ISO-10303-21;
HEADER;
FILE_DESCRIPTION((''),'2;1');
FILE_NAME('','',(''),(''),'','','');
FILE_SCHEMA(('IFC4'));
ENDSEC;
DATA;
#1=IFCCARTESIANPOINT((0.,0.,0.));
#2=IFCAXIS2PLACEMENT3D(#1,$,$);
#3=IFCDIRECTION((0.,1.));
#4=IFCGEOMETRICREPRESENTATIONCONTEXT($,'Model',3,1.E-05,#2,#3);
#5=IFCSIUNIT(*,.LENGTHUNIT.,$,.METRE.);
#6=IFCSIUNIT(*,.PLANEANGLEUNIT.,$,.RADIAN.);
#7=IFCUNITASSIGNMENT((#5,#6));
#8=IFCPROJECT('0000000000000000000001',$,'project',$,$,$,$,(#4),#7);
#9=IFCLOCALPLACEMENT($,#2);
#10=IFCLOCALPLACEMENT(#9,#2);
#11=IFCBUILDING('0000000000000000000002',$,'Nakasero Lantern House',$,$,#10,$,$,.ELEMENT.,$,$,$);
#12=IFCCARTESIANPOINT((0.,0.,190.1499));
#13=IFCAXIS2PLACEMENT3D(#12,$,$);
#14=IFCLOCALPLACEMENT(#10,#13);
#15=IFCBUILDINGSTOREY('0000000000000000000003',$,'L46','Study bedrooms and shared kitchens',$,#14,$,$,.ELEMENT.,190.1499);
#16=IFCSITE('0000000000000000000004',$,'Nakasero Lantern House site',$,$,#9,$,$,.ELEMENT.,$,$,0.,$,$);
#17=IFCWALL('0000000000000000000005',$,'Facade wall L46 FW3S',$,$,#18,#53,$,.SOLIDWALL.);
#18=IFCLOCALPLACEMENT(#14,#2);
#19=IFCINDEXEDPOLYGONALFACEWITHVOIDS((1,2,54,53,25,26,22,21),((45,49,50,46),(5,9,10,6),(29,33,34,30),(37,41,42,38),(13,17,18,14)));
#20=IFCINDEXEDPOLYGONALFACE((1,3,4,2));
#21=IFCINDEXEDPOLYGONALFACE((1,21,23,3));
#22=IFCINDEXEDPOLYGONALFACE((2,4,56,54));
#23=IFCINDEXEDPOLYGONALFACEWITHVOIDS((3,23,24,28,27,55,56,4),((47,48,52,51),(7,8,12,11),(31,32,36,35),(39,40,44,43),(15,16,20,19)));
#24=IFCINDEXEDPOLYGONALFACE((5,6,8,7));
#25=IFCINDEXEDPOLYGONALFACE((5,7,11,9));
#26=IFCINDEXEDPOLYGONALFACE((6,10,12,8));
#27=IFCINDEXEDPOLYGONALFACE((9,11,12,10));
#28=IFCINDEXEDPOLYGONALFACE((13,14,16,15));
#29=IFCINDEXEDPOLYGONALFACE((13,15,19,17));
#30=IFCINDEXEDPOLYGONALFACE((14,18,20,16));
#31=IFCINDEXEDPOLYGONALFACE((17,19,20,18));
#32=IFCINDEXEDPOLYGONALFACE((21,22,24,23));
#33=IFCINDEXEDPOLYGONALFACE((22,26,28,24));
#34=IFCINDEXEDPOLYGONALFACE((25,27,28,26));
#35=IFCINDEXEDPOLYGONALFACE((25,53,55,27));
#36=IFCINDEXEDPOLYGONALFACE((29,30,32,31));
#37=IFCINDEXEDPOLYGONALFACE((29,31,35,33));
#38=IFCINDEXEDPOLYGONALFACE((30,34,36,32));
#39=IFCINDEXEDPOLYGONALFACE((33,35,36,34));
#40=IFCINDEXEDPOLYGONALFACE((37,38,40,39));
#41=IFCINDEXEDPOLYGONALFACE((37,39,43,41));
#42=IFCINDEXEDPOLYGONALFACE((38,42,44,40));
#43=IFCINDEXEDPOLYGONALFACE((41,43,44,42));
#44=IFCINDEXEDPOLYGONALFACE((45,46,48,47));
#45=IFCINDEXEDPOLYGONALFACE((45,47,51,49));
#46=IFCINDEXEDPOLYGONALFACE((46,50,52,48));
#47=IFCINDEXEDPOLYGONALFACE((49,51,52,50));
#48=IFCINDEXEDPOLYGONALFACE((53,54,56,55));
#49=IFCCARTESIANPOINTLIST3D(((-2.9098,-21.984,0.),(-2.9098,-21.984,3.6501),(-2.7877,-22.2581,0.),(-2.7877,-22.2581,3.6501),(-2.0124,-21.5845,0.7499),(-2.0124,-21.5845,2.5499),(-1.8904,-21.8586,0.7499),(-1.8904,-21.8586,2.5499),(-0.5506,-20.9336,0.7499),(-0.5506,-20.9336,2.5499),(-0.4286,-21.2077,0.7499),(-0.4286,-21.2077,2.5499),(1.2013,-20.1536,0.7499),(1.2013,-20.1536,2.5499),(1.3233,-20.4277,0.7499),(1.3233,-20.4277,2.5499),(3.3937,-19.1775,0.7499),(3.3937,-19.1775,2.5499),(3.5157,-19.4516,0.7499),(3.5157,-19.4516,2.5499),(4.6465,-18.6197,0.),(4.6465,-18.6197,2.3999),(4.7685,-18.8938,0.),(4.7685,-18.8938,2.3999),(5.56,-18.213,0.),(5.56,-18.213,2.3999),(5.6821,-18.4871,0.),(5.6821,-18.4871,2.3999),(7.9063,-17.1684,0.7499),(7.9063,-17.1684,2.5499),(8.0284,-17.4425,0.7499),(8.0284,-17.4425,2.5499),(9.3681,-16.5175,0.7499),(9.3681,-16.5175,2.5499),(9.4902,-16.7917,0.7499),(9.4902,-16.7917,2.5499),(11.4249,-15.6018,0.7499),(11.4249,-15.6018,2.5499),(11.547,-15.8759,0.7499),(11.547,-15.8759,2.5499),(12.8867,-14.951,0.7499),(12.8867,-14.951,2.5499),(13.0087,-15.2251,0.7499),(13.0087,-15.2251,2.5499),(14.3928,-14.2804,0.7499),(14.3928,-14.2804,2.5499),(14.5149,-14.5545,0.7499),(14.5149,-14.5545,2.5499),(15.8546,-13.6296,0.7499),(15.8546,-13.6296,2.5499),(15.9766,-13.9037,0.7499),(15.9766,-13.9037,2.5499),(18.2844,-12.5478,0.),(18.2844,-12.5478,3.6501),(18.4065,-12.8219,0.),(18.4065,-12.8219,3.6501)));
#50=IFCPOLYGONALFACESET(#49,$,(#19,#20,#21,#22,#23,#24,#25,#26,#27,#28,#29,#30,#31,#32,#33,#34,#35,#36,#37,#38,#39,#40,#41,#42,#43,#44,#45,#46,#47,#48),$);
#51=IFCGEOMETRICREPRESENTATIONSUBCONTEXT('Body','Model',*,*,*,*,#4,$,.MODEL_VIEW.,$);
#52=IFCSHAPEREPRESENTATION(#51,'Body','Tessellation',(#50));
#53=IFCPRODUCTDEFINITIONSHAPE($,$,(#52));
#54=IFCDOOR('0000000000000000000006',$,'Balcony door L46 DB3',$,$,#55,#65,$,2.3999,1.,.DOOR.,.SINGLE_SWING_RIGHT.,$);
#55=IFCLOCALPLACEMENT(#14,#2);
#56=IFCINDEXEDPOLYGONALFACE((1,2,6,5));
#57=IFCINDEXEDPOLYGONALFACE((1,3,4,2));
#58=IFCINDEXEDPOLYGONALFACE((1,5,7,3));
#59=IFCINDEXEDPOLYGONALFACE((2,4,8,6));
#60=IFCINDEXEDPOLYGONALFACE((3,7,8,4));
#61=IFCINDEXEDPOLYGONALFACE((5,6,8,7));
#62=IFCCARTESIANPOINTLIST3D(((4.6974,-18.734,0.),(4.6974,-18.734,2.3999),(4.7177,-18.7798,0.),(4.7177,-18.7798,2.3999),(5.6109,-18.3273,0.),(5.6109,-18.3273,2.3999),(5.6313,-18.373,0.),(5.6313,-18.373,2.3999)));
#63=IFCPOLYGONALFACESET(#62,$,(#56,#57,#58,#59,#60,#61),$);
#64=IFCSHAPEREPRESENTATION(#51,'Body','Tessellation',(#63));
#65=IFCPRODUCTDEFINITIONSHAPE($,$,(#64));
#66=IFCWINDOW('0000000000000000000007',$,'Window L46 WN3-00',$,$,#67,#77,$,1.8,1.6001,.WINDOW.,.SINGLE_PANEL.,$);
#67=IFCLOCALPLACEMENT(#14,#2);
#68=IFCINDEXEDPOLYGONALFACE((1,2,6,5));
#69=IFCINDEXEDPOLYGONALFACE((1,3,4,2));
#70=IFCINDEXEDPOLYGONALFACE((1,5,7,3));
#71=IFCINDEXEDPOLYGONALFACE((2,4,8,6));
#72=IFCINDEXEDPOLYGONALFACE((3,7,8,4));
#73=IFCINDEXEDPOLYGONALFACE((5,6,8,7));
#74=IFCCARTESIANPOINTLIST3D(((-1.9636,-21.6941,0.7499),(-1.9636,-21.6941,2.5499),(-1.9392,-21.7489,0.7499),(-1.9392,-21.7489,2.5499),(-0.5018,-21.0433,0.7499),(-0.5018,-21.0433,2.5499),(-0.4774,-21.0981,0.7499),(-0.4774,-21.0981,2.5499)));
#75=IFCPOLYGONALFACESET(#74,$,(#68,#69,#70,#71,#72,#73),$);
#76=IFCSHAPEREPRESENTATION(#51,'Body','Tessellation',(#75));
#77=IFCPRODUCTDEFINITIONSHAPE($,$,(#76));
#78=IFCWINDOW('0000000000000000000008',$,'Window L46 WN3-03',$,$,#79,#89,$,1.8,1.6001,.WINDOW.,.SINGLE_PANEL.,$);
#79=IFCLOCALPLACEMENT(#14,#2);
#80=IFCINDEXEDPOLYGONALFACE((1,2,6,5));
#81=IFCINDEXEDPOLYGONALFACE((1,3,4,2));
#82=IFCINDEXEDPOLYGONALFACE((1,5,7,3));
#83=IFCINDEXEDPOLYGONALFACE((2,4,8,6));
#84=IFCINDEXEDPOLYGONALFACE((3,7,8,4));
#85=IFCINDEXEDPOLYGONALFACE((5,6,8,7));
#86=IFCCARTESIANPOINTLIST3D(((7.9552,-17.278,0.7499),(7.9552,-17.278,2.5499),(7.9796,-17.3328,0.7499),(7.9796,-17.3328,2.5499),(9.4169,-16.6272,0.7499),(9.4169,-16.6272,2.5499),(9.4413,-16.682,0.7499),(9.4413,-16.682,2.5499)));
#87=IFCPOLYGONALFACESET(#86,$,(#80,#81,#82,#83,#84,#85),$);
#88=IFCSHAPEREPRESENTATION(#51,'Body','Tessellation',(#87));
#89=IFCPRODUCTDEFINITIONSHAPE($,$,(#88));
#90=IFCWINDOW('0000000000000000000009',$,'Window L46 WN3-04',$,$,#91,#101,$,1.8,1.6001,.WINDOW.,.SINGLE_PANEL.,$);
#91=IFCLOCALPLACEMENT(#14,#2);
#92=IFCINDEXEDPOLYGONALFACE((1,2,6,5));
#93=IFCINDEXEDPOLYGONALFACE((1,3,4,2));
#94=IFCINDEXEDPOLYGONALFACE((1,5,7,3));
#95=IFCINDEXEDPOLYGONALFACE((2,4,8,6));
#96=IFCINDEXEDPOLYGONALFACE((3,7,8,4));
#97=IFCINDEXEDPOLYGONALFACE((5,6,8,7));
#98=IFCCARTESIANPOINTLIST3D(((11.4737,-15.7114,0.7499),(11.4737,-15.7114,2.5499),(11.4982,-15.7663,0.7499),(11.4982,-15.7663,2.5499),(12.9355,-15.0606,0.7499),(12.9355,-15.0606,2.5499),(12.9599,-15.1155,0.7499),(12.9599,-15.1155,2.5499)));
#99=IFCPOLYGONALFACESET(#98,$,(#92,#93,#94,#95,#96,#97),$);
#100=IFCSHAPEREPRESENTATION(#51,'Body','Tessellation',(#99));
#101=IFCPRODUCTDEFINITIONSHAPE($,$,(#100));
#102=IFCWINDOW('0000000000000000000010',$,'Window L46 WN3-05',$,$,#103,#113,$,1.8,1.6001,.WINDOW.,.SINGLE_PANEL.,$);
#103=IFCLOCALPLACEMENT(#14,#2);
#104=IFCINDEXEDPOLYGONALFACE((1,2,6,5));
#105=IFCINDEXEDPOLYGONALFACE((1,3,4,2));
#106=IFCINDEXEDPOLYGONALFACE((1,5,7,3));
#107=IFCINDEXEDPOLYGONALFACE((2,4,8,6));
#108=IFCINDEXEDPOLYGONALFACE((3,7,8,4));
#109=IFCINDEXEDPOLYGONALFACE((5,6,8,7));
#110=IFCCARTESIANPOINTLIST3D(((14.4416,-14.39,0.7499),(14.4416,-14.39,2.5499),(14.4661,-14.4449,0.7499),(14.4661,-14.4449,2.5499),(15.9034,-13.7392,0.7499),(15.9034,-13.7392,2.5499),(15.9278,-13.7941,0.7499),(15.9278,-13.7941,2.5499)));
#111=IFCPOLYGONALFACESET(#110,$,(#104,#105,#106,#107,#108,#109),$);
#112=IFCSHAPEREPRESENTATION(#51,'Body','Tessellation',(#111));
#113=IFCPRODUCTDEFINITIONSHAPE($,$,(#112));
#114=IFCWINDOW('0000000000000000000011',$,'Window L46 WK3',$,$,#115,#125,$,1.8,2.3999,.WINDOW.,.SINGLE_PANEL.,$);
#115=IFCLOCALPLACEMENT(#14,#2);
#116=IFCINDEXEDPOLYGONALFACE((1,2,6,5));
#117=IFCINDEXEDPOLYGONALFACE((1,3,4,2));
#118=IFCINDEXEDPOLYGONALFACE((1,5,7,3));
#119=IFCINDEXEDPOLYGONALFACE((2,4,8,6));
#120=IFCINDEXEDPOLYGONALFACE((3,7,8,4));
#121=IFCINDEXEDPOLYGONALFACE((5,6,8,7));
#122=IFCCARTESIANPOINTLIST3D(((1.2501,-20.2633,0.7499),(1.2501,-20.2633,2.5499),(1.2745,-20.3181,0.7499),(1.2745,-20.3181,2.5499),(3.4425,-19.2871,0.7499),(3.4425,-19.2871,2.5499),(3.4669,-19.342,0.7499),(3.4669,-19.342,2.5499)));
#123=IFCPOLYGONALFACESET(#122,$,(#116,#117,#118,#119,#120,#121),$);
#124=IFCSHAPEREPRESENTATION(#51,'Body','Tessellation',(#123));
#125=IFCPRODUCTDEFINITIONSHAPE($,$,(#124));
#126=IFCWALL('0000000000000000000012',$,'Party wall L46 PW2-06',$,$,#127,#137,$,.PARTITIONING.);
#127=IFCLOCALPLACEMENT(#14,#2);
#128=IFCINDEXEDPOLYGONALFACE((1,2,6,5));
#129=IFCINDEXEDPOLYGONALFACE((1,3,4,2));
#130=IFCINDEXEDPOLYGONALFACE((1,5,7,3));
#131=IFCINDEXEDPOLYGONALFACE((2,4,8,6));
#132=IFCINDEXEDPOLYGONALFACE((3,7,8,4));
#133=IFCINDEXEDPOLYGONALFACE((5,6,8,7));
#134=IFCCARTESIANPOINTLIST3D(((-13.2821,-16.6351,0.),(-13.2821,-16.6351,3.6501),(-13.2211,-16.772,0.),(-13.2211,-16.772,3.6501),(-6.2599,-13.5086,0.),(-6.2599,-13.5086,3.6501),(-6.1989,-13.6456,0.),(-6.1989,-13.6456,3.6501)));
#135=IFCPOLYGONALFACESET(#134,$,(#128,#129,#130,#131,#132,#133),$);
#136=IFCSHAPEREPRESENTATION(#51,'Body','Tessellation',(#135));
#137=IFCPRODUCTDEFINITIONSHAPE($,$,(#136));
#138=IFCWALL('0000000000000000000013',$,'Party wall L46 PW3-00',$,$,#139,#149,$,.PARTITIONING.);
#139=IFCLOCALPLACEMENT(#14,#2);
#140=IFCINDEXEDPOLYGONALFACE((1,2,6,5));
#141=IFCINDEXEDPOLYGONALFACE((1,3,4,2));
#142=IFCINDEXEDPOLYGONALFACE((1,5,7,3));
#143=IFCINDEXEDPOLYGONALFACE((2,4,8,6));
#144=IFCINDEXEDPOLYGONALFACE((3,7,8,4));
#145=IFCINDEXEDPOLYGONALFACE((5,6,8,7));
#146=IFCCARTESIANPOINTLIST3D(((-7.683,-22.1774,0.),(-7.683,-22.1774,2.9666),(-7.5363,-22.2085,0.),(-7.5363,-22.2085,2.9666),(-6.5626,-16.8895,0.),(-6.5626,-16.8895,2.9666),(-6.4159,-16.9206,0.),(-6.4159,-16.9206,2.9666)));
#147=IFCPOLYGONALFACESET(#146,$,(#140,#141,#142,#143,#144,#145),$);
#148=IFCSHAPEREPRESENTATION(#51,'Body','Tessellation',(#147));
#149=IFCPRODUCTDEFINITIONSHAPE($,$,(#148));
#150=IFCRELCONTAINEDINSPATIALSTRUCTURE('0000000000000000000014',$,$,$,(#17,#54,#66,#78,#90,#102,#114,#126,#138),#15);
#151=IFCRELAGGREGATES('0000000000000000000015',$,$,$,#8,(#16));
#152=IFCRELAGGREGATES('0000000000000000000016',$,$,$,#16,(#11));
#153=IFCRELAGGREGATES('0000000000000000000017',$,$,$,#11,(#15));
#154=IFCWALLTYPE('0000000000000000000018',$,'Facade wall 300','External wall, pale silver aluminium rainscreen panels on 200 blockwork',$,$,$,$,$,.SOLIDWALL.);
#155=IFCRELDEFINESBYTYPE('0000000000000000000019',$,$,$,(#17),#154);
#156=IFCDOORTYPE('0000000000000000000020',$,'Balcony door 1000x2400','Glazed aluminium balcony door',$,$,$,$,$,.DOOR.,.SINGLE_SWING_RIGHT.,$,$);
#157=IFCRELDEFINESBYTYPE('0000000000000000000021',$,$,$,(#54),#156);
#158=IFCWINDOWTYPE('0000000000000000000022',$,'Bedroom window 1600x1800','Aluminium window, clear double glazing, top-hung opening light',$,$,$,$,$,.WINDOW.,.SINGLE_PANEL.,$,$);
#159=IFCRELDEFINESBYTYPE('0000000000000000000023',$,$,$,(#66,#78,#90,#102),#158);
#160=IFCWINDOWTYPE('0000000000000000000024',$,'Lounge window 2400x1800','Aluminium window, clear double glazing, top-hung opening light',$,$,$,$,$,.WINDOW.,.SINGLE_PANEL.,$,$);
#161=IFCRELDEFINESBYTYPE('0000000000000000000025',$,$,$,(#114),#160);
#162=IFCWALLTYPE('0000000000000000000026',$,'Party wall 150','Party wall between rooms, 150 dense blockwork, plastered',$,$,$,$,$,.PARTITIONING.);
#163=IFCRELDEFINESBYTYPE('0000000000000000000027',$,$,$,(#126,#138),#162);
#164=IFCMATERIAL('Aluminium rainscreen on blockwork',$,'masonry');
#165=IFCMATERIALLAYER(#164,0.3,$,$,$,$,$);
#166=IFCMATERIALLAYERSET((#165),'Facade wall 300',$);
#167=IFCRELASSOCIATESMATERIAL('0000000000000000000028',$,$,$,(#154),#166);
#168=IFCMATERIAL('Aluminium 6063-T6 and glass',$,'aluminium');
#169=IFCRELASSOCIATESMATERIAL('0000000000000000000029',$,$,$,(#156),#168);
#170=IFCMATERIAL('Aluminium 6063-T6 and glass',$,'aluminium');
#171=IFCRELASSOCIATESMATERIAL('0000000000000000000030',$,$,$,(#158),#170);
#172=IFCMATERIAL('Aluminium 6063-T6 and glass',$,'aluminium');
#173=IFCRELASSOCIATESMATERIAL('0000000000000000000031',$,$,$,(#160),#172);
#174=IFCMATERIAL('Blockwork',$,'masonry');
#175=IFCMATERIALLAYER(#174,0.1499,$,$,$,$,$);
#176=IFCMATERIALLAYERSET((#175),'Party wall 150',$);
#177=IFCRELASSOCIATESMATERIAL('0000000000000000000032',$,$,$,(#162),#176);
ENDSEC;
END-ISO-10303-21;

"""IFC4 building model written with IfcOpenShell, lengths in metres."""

from ifc_helpers import new_model, si_unit, direction, frame, frame_2d, origin, place, context, subcontext, project, spatial, rectangle, extrude, material, layer, layer_set, type_object, element, fill, save


model = new_model("IFC4")

# Units and contexts
model_context = context("Model", 3, precision=1e-05, world=origin(), true_north=direction((0.0, 1.0)))
body_context = subcontext(model_context, "Body", "Model", "MODEL_VIEW")
ifc_project = project(units=[si_unit("LENGTHUNIT", "METRE"), si_unit("PLANEANGLEUNIT", "RADIAN")], contexts=[model_context])

# Site, building, storey
site_placement = place(None, origin())
site = spatial("IfcSite", under=ifc_project, at=site_placement, Name="Nakasero Lantern House site", CompositionType="ELEMENT", RefElevation=0.0)
building_placement = place(site_placement, origin())
building = spatial("IfcBuilding", under=site, at=building_placement, Name="Nakasero Lantern House", CompositionType="ELEMENT")
storey_placement = place(building_placement, frame((0.0, 0.0, 190.1499)))
storey = spatial("IfcBuildingStorey", under=building, at=storey_placement, Name="L46", Description="Study bedrooms and shared kitchens", CompositionType="ELEMENT", Elevation=190.1499)

# Shared definitions
ifc_material_1 = material(Name="Aluminium rainscreen on blockwork", Category="masonry")
ifc_layer_1 = layer(ifc_material_1, 0.3)
ifc_layer_set_1 = layer_set([ifc_layer_1], Name="Facade wall 300")
wall_type_1 = type_object("IfcWallType", Name="Facade wall 300", Description="External wall, pale silver aluminium rainscreen panels on 200 blockwork", PredefinedType="SOLIDWALL", material=ifc_layer_set_1)

# Wall, openings, door, windows
wall_1_placement = place(storey_placement, frame((-2.8489, -22.1211, 0.0), z_axis=(0.0, 0.0, 1.0), x_axis=(0.913546, 0.406735, 0.0)))
wall_1 = element("IfcWall", 1, at=wall_1_placement, inside=storey, type_object=wall_type_1, Name="Facade wall L46 FW3S", PredefinedType="SOLIDWALL", context=body_context, shape_type="SweptSolid", body=[
    extrude(rectangle(XDim=23.2, YDim=0.3, at=frame_2d((11.6001, 0.0))), origin(), (0.0, 0.0, 1.0), 3.6501),
])
opening_1_placement = place(wall_1_placement, frame((0.9824, 0.0, 0.75)))
opening_1 = element("IfcOpeningElement", 2, at=opening_1_placement, cuts=wall_1, PredefinedType="OPENING", context=body_context, shape_type="SweptSolid", body=[
    extrude(rectangle(XDim=1.6001, YDim=1.8, at=frame_2d((0.8, 0.8999))), frame((0.0, 0.1699, 0.0), z_axis=(0.0, -1.0, 0.0), x_axis=(1.0, 0.0, 0.0)), (0.0, 0.0, 1.0), 0.3401),
])
opening_2_placement = place(wall_1_placement, frame((11.8398, 0.0, 0.75)))
opening_2 = element("IfcOpeningElement", 3, at=opening_2_placement, cuts=wall_1, PredefinedType="OPENING", context=body_context, shape_type="SweptSolid", body=[
    extrude(rectangle(XDim=1.6001, YDim=1.8, at=frame_2d((0.8, 0.8999))), frame((0.0, 0.1699, 0.0), z_axis=(0.0, -1.0, 0.0), x_axis=(1.0, 0.0, 0.0)), (0.0, 0.0, 1.0), 0.3401),
])
opening_3_placement = place(wall_1_placement, frame((15.6914, 0.0, 0.75)))
opening_3 = element("IfcOpeningElement", 4, at=opening_3_placement, cuts=wall_1, PredefinedType="OPENING", context=body_context, shape_type="SweptSolid", body=[
    extrude(rectangle(XDim=1.6001, YDim=1.8, at=frame_2d((0.8, 0.8999))), frame((0.0, 0.1699, 0.0), z_axis=(0.0, -1.0, 0.0), x_axis=(1.0, 0.0, 0.0)), (0.0, 0.0, 1.0), 0.3401),
])
opening_4_placement = place(wall_1_placement, frame((18.9402, 0.0, 0.75)))
opening_4 = element("IfcOpeningElement", 5, at=opening_4_placement, cuts=wall_1, PredefinedType="OPENING", context=body_context, shape_type="SweptSolid", body=[
    extrude(rectangle(XDim=1.6001, YDim=1.8, at=frame_2d((0.8, 0.8999))), frame((0.0, 0.1699, 0.0), z_axis=(0.0, -1.0, 0.0), x_axis=(1.0, 0.0, 0.0)), (0.0, 0.0, 1.0), 0.3401),
])
opening_5_placement = place(wall_1_placement, frame((4.5002, 0.0, 0.75)))
opening_5 = element("IfcOpeningElement", 6, at=opening_5_placement, cuts=wall_1, PredefinedType="OPENING", context=body_context, shape_type="SweptSolid", body=[
    extrude(rectangle(XDim=2.3999, YDim=1.8, at=frame_2d((1.2, 0.8999))), frame((0.0, 0.1699, 0.0), z_axis=(0.0, -1.0, 0.0), x_axis=(1.0, 0.0, 0.0)), (0.0, 0.0, 1.0), 0.3401),
])
opening_6_placement = place(wall_1_placement, frame((8.2715, 0.0, 0.0)))
opening_6 = element("IfcOpeningElement", 7, at=opening_6_placement, cuts=wall_1, PredefinedType="OPENING", context=body_context, shape_type="SweptSolid", body=[
    extrude(rectangle(XDim=1.0, YDim=2.3999, at=frame_2d((0.5, 1.2))), frame((0.0, 0.1699, 0.0), z_axis=(0.0, -1.0, 0.0), x_axis=(1.0, 0.0, 0.0)), (0.0, 0.0, 1.0), 0.3401),
])
ifc_material_2 = material(Name="Aluminium 6063-T6 and glass", Category="aluminium")
door_type_1 = type_object("IfcDoorType", Name="Balcony door 1000x2400", Description="Glazed aluminium balcony door", OperationType="SINGLE_SWING_RIGHT", PredefinedType="DOOR", material=ifc_material_2)
door_1_placement = place(opening_6_placement, origin())
door_1 = element("IfcDoor", 8, at=door_1_placement, inside=storey, type_object=door_type_1, Name="Balcony door L46 DB3", OperationType="SINGLE_SWING_RIGHT", OverallHeight=2.3999, OverallWidth=1.0, PredefinedType="DOOR", context=body_context, shape_type="SweptSolid", body=[
    extrude(rectangle(XDim=1.0, YDim=2.3999, at=frame_2d((0.5, 1.2))), frame((0.0, 0.0249, 0.0), z_axis=(0.0, -1.0, 0.0), x_axis=(1.0, 0.0, 0.0)), (0.0, 0.0, 1.0), 0.05),
])
fill(opening_6, door_1)
ifc_material_3 = material(Name="Aluminium 6063-T6 and glass", Category="aluminium")
window_type_1 = type_object("IfcWindowType", Name="Bedroom window 1600x1800", Description="Aluminium window, clear double glazing, top-hung opening light", PartitioningType="SINGLE_PANEL", PredefinedType="WINDOW", material=ifc_material_3)
window_1_placement = place(opening_1_placement, origin())
window_1 = element("IfcWindow", 9, at=window_1_placement, inside=storey, type_object=window_type_1, Name="Window L46 WN3-00", OverallHeight=1.8, OverallWidth=1.6001, PartitioningType="SINGLE_PANEL", PredefinedType="WINDOW", context=body_context, shape_type="SweptSolid", body=[
    extrude(rectangle(XDim=1.6001, YDim=1.8, at=frame_2d((0.8, 0.8999))), frame((0.0, 0.03, 0.0), z_axis=(0.0, -1.0, 0.0), x_axis=(1.0, 0.0, 0.0)), (0.0, 0.0, 1.0), 0.0601),
])
fill(opening_1, window_1)
window_2_placement = place(opening_2_placement, origin())
window_2 = element("IfcWindow", 10, at=window_2_placement, inside=storey, type_object=window_type_1, Name="Window L46 WN3-03", OverallHeight=1.8, OverallWidth=1.6001, PartitioningType="SINGLE_PANEL", PredefinedType="WINDOW", context=body_context, shape_type="SweptSolid", body=[
    extrude(rectangle(XDim=1.6001, YDim=1.8, at=frame_2d((0.8, 0.8999))), frame((0.0, 0.03, 0.0), z_axis=(0.0, -1.0, 0.0), x_axis=(1.0, 0.0, 0.0)), (0.0, 0.0, 1.0), 0.0601),
])
fill(opening_2, window_2)
window_3_placement = place(opening_3_placement, origin())
window_3 = element("IfcWindow", 11, at=window_3_placement, inside=storey, type_object=window_type_1, Name="Window L46 WN3-04", OverallHeight=1.8, OverallWidth=1.6001, PartitioningType="SINGLE_PANEL", PredefinedType="WINDOW", context=body_context, shape_type="SweptSolid", body=[
    extrude(rectangle(XDim=1.6001, YDim=1.8, at=frame_2d((0.8, 0.8999))), frame((0.0, 0.03, 0.0), z_axis=(0.0, -1.0, 0.0), x_axis=(1.0, 0.0, 0.0)), (0.0, 0.0, 1.0), 0.0601),
])
fill(opening_3, window_3)
window_4_placement = place(opening_4_placement, origin())
window_4 = element("IfcWindow", 12, at=window_4_placement, inside=storey, type_object=window_type_1, Name="Window L46 WN3-05", OverallHeight=1.8, OverallWidth=1.6001, PartitioningType="SINGLE_PANEL", PredefinedType="WINDOW", context=body_context, shape_type="SweptSolid", body=[
    extrude(rectangle(XDim=1.6001, YDim=1.8, at=frame_2d((0.8, 0.8999))), frame((0.0, 0.03, 0.0), z_axis=(0.0, -1.0, 0.0), x_axis=(1.0, 0.0, 0.0)), (0.0, 0.0, 1.0), 0.0601),
])
fill(opening_4, window_4)
ifc_material_4 = material(Name="Aluminium 6063-T6 and glass", Category="aluminium")
window_type_2 = type_object("IfcWindowType", Name="Lounge window 2400x1800", Description="Aluminium window, clear double glazing, top-hung opening light", PartitioningType="SINGLE_PANEL", PredefinedType="WINDOW", material=ifc_material_4)
window_5_placement = place(opening_5_placement, origin())
window_5 = element("IfcWindow", 13, at=window_5_placement, inside=storey, type_object=window_type_2, Name="Window L46 WK3", OverallHeight=1.8, OverallWidth=2.3999, PartitioningType="SINGLE_PANEL", PredefinedType="WINDOW", context=body_context, shape_type="SweptSolid", body=[
    extrude(rectangle(XDim=2.3999, YDim=1.8, at=frame_2d((1.2, 0.8999))), frame((0.0, 0.03, 0.0), z_axis=(0.0, -1.0, 0.0), x_axis=(1.0, 0.0, 0.0)), (0.0, 0.0, 1.0), 0.0601),
])
fill(opening_5, window_5)

# Walls
ifc_material_5 = material(Name="Blockwork", Category="masonry")
ifc_layer_2 = layer(ifc_material_5, 0.1499)
ifc_layer_set_2 = layer_set([ifc_layer_2], Name="Party wall 150")
wall_type_2 = type_object("IfcWallType", Name="Party wall 150", Description="Party wall between rooms, 150 dense blockwork, plastered", PredefinedType="PARTITIONING", material=ifc_layer_set_2)
wall_2_placement = place(storey_placement, frame((-6.2295, -13.5771, 0.0), z_axis=(0.0, 0.0, 1.0), x_axis=(-0.913547, -0.406734, 0.0)))
element("IfcWall", 14, at=wall_2_placement, inside=storey, type_object=wall_type_2, Name="Party wall L46 PW2-06", PredefinedType="PARTITIONING", context=body_context, shape_type="SweptSolid", body=[
    extrude(rectangle(XDim=7.6868, YDim=0.1499, at=frame_2d((3.8433, 0.0))), origin(), (0.0, 0.0, 1.0), 3.6501),
])
wall_3_placement = place(storey_placement, frame((-6.4893, -16.905, 0.0), z_axis=(0.0, 0.0, 1.0), x_axis=(-0.207274, -0.978283, 0.0)))
element("IfcWall", 15, at=wall_3_placement, inside=storey, type_object=wall_type_2, Name="Party wall L46 PW3-00", PredefinedType="PARTITIONING", context=body_context, shape_type="SweptSolid", body=[
    extrude(rectangle(XDim=5.4053, YDim=0.1499, at=frame_2d((2.7026, 0.0))), origin(), (0.0, 0.0, 1.0), 2.9666),
])

save(model, "model.ifc")
